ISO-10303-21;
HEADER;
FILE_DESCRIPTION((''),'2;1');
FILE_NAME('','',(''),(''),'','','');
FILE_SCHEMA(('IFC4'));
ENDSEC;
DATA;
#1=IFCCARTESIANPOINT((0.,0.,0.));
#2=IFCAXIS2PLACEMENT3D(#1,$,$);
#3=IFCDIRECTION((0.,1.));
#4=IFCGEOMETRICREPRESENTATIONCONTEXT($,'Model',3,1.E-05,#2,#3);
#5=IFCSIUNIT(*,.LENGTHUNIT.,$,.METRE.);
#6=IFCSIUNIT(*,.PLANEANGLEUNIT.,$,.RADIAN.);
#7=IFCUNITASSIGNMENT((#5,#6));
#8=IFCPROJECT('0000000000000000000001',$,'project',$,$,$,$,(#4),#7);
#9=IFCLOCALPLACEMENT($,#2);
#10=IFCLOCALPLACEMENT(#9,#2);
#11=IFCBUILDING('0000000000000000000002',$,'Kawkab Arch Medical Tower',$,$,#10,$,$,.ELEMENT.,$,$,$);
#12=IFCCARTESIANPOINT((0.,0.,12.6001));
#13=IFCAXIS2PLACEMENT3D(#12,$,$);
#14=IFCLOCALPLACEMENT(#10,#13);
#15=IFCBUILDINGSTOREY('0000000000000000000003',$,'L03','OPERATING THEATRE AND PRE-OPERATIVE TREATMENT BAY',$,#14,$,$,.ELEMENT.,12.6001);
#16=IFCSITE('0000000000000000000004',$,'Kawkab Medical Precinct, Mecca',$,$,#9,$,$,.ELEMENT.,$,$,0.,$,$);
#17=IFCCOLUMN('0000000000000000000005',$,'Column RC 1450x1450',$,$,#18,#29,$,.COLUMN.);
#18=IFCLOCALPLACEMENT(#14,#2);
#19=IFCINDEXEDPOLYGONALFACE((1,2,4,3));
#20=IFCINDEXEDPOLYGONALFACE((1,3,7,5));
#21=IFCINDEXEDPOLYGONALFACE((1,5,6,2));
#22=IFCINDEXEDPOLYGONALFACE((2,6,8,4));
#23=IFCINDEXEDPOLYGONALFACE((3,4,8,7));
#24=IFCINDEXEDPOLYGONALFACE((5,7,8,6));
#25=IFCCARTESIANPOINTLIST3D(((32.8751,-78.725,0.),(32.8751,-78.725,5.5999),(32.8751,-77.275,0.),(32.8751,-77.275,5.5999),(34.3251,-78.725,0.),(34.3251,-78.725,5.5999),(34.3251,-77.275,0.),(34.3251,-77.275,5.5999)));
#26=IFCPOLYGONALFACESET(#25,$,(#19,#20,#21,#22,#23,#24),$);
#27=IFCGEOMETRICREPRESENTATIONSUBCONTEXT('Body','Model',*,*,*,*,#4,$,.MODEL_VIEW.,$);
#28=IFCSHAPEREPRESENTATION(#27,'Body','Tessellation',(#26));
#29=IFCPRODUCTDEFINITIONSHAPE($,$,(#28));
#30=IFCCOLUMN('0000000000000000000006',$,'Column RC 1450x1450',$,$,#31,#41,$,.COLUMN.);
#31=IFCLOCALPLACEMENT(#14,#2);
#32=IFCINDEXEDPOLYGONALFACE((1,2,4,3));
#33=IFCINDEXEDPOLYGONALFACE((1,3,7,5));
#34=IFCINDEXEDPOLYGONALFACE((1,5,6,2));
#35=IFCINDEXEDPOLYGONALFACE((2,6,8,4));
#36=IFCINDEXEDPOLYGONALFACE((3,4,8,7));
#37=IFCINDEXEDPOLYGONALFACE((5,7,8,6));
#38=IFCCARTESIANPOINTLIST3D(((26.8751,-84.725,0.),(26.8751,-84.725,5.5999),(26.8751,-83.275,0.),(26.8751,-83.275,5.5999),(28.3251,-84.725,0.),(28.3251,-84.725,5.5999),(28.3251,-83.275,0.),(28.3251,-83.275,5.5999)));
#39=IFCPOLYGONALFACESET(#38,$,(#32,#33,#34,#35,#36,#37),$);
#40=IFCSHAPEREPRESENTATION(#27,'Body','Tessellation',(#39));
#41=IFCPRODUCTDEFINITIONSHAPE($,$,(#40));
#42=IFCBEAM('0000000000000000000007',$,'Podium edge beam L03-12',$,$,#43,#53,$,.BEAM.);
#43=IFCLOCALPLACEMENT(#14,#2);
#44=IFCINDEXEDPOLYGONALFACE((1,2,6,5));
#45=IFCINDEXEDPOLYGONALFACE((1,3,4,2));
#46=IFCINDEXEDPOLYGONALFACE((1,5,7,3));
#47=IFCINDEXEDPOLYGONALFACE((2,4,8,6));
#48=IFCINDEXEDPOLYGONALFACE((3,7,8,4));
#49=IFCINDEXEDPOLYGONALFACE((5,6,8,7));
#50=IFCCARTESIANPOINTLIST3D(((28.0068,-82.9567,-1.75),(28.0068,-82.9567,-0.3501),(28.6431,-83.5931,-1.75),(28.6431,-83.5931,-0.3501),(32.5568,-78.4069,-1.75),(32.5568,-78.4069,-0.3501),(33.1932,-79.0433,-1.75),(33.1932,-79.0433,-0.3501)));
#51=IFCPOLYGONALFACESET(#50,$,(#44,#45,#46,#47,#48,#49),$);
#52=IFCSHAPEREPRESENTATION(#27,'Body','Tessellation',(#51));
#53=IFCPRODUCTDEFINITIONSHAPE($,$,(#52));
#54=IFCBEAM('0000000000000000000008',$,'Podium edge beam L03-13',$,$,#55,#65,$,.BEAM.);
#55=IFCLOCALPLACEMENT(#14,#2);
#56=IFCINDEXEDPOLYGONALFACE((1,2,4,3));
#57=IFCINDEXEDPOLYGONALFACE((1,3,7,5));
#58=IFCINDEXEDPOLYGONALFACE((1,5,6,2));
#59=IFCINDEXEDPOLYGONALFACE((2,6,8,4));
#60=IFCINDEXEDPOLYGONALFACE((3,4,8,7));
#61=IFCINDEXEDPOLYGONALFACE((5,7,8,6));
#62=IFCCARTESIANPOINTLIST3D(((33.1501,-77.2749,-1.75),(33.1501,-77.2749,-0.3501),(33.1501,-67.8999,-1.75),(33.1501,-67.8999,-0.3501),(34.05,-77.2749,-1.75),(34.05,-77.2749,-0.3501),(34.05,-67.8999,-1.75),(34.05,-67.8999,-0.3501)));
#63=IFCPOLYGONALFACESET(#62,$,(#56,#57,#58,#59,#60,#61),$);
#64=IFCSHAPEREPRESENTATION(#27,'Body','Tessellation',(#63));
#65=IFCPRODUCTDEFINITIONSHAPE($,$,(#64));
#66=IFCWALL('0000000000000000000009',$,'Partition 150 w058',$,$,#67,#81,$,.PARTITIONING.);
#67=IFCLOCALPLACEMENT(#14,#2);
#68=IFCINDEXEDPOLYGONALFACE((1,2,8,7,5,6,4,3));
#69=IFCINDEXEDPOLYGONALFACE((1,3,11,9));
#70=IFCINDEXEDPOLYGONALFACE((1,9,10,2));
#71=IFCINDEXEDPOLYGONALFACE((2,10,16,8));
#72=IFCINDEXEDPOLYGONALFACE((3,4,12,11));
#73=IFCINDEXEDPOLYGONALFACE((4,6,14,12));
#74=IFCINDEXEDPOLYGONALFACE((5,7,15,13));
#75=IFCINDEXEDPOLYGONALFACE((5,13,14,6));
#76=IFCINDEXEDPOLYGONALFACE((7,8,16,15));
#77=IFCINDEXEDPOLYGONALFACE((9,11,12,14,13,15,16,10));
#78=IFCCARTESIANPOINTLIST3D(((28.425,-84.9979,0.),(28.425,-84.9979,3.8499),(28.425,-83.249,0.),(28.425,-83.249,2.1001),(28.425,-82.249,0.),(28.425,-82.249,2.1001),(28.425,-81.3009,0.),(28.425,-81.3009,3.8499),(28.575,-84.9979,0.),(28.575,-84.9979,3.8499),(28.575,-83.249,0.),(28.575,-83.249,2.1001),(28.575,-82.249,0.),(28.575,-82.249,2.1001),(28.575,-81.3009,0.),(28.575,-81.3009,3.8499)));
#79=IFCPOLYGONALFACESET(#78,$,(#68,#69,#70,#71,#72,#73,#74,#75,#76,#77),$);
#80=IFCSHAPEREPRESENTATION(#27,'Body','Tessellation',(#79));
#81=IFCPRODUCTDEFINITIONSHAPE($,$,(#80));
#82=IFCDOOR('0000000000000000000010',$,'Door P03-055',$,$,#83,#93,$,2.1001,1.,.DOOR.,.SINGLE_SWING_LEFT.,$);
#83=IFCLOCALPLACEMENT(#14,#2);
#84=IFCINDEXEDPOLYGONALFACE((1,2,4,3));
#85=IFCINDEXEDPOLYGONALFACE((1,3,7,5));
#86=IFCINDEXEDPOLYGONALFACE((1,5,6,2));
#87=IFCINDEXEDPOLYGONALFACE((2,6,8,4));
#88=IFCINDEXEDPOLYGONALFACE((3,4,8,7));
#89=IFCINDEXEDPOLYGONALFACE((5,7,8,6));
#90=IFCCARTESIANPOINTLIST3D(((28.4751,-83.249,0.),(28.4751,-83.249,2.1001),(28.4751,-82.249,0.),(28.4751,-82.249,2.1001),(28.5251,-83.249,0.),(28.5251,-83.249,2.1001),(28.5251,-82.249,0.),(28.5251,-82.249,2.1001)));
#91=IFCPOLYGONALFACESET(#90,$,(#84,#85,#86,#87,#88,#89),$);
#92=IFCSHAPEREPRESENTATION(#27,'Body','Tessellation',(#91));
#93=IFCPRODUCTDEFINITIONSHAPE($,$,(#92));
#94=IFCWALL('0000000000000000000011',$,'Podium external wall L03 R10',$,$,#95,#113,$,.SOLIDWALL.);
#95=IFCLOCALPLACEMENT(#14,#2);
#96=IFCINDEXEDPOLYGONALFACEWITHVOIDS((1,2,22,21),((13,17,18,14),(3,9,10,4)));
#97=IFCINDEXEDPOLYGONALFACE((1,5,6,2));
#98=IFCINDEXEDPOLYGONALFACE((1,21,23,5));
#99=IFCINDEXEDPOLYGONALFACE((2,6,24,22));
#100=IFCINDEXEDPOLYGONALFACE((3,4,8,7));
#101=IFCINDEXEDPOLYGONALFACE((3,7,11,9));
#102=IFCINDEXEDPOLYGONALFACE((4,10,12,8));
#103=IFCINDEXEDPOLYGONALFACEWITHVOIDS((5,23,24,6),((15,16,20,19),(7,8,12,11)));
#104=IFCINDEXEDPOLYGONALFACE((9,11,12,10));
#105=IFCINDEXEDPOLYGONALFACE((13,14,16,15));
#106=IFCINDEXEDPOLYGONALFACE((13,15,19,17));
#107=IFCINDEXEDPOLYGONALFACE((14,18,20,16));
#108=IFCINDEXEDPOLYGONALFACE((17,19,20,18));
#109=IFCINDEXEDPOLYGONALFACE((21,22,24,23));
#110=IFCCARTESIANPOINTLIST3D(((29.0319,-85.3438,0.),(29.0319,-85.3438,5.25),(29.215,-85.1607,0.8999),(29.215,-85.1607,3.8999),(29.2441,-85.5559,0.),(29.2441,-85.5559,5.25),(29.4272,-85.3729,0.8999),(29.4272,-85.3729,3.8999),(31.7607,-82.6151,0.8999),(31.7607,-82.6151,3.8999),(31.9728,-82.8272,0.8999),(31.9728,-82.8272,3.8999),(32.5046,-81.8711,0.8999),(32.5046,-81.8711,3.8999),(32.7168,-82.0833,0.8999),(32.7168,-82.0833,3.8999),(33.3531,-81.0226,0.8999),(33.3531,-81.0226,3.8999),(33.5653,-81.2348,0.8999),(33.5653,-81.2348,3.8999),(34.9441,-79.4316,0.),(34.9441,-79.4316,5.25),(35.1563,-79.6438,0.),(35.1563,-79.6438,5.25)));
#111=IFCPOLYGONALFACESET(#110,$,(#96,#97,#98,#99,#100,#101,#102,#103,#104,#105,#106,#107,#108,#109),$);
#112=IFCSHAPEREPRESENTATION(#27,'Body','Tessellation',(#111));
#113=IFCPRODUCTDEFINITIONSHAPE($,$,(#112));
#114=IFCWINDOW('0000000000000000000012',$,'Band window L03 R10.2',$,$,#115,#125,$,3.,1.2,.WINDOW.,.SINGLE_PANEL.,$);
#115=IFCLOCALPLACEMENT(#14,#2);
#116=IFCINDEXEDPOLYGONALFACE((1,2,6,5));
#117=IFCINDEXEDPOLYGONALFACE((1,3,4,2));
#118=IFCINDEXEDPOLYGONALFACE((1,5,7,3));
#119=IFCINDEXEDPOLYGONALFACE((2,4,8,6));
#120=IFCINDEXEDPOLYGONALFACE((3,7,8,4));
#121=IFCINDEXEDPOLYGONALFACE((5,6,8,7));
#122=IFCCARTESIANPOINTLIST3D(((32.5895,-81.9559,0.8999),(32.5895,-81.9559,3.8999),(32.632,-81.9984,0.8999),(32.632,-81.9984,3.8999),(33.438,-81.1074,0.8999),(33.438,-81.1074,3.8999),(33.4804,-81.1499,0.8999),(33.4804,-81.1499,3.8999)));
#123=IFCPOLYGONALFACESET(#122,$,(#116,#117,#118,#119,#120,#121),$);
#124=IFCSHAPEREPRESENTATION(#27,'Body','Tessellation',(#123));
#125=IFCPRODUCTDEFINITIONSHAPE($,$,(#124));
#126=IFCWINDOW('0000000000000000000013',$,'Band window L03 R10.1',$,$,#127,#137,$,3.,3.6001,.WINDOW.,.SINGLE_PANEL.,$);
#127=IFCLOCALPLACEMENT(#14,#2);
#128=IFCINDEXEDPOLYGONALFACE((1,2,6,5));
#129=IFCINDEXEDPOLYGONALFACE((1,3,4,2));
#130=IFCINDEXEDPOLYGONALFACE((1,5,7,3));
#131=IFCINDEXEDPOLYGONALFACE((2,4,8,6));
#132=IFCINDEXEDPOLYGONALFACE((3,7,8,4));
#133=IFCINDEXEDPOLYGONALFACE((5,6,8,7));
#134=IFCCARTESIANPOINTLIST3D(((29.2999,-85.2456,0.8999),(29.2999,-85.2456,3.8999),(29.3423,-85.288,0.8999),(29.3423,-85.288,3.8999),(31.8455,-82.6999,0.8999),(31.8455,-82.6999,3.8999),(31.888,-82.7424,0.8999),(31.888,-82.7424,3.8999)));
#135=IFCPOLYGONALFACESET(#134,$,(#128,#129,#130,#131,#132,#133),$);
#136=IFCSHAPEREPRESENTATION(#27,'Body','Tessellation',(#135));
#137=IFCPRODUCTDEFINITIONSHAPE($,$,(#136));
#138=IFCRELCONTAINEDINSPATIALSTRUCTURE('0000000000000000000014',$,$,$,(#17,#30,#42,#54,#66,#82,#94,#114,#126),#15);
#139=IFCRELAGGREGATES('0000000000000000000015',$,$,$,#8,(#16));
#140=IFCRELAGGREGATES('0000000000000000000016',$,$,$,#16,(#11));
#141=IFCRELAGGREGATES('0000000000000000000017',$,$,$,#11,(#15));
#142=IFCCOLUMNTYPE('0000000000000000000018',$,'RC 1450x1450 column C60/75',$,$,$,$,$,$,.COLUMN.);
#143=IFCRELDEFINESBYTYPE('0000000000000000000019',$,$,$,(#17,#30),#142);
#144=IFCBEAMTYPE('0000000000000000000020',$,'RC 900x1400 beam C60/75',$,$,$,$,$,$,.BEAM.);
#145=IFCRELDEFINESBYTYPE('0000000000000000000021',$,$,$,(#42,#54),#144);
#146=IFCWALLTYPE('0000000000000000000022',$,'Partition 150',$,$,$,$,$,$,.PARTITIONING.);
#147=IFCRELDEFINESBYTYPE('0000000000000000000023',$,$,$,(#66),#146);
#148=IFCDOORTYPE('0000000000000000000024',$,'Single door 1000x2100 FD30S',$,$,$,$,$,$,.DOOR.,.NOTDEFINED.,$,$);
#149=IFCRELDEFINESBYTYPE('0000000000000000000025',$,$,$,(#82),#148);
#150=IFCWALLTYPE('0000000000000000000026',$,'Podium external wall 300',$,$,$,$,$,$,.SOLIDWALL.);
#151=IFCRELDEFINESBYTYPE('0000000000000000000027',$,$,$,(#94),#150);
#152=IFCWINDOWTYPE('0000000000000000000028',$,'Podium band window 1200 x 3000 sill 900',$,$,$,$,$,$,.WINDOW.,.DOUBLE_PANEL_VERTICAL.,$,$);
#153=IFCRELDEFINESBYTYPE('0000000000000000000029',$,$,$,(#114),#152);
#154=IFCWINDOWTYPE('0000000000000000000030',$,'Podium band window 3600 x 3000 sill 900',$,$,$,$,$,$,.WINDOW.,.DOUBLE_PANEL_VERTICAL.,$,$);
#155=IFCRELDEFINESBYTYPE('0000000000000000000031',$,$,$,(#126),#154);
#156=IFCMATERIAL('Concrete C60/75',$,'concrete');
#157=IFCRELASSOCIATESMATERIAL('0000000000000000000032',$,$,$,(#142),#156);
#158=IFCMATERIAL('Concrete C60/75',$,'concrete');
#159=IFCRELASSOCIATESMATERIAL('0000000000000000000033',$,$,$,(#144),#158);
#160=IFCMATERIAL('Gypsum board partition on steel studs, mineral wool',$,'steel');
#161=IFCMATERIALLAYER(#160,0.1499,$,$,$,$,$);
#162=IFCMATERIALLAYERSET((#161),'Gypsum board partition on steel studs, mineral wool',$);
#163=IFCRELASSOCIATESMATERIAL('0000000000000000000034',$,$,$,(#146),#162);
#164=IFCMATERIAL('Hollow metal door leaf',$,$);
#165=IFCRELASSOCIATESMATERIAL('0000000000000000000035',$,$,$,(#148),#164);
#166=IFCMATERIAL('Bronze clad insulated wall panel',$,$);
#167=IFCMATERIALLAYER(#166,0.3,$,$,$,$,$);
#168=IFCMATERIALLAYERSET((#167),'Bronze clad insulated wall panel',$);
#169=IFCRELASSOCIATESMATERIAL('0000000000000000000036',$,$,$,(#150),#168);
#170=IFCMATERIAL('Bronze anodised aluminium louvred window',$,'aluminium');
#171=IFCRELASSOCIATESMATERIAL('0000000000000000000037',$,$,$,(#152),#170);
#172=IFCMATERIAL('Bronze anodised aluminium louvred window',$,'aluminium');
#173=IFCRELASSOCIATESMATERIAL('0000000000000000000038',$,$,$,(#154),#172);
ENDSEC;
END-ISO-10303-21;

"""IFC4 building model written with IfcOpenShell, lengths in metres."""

from ifc_helpers import new_model, si_unit, direction, frame, frame_2d, origin, origin_2d, place, context, subcontext, project, spatial, rectangle, extrude, material, layer, layer_set, material_profile, profile_set, type_object, element, fill, save


model = new_model("IFC4")

# Units and contexts
model_context = context("Model", 3, precision=1e-05, world=origin(), true_north=direction((0.0, 1.0)))
body_context = subcontext(model_context, "Body", "Model", "MODEL_VIEW")
ifc_project = project(units=[si_unit("LENGTHUNIT", "METRE"), si_unit("PLANEANGLEUNIT", "RADIAN")], contexts=[model_context])

# Site, building, storey
site_placement = place(None, origin())
site = spatial("IfcSite", under=ifc_project, at=site_placement, Name="Kawkab Medical Precinct, Mecca", CompositionType="ELEMENT", RefElevation=0.0)
building_placement = place(site_placement, origin())
building = spatial("IfcBuilding", under=site, at=building_placement, Name="Kawkab Arch Medical Tower", CompositionType="ELEMENT")
storey_placement = place(building_placement, frame((0.0, 0.0, 12.6001)))
storey = spatial("IfcBuildingStorey", under=building, at=storey_placement, Name="L03", Description="OPERATING THEATRE AND PRE-OPERATIVE TREATMENT BAY", CompositionType="ELEMENT", Elevation=12.6001)

# Columns
ifc_material_1 = material(Name="Concrete C60/75", Category="concrete")
ifc_material_profile_1 = material_profile(ifc_material_1, rectangle(XDim=1.45, YDim=1.45, at=origin_2d()), Name="RC 1450x1450")
ifc_profile_set_1 = profile_set([ifc_material_profile_1], Name="Concrete C60/75")
column_type = type_object("IfcColumnType", Name="RC 1450x1450 column C60/75", PredefinedType="COLUMN", material=ifc_profile_set_1)
for number, where, z_axis, x_axis, name in (
    (1, (33.6001, -78.0, 0.0), (0.0, 0.0, 1.0), (1.0, 0.0, 0.0), "Column RC 1450x1450"),
    (2, (27.6001, -84.0, 0.0), (0.0, 0.0, 1.0), (1.0, 0.0, 0.0), "Column RC 1450x1450"),
):
    element("IfcColumn", number, at=place(storey_placement, frame(where, z_axis=z_axis, x_axis=x_axis)), inside=storey, type_object=column_type, Name=name, PredefinedType="COLUMN", context=body_context, shape_type="SweptSolid", body=[
        extrude(rectangle(XDim=1.45, YDim=1.45, at=origin_2d()), origin(), (0.0, 0.0, 1.0), 5.5999),
    ])

# Beams
ifc_material_2 = material(Name="Concrete C60/75", Category="concrete")
ifc_material_profile_2 = material_profile(ifc_material_2, rectangle(XDim=0.8999, YDim=1.3999, at=origin_2d()), Name="RC 900x1400")
ifc_profile_set_2 = profile_set([ifc_material_profile_2], Name="Concrete C60/75")
beam_type = type_object("IfcBeamType", Name="RC 900x1400 beam C60/75", PredefinedType="BEAM", material=ifc_profile_set_2)
beam_1_placement = place(storey_placement, frame((28.325, -83.2749, -1.05), z_axis=(0.707126, 0.707088, 0.0), x_axis=(-0.707088, 0.707126, 0.0)))
element("IfcBeam", 3, at=beam_1_placement, inside=storey, type_object=beam_type, Name="Podium edge beam L03-12", PredefinedType="BEAM", context=body_context, shape_type="SweptSolid", body=[
    extrude(rectangle(XDim=0.8999, YDim=1.3999, at=origin_2d()), origin(), (0.0, 0.0, 1.0), 6.4346),
])
beam_2_placement = place(storey_placement, frame((33.6001, -77.2749, -1.05), z_axis=(0.0, 1.0, 0.0), x_axis=(-1.0, 0.0, 0.0)))
element("IfcBeam", 4, at=beam_2_placement, inside=storey, type_object=beam_type, Name="Podium edge beam L03-13", PredefinedType="BEAM", context=body_context, shape_type="SweptSolid", body=[
    extrude(rectangle(XDim=0.8999, YDim=1.3999, at=origin_2d()), origin(), (0.0, 0.0, 1.0), 9.375),
])

# Wall, opening, door
ifc_material_3 = material(Name="Gypsum board partition on steel studs, mineral wool", Category="steel")
ifc_layer_1 = layer(ifc_material_3, 0.1499)
ifc_layer_set_1 = layer_set([ifc_layer_1], Name="Gypsum board partition on steel studs, mineral wool")
wall_type_1 = type_object("IfcWallType", Name="Partition 150", PredefinedType="PARTITIONING", material=ifc_layer_set_1)
wall_1_placement = place(storey_placement, frame((28.5, -84.998, 0.0), z_axis=(0.0, 0.0, 1.0), x_axis=(0.0, 1.0, 0.0)))
wall_1 = element("IfcWall", 5, at=wall_1_placement, inside=storey, type_object=wall_type_1, Name="Partition 150 w058", PredefinedType="PARTITIONING", context=body_context, shape_type="SweptSolid", body=[
    extrude(rectangle(XDim=3.697, YDim=0.1499, at=frame_2d((1.8486, 0.0))), origin(), (0.0, 0.0, 1.0), 3.8499),
])
opening_1_placement = place(wall_1_placement, frame((1.749, 0.0, 0.0)))
opening_1 = element("IfcOpeningElement", 6, at=opening_1_placement, cuts=wall_1, PredefinedType="OPENING", context=body_context, shape_type="SweptSolid", body=[
    extrude(rectangle(XDim=1.0, YDim=2.1001, at=frame_2d((0.5, 1.05))), frame((0.0, 0.085, 0.0), z_axis=(0.0, -1.0, 0.0), x_axis=(1.0, 0.0, 0.0)), (0.0, 0.0, 1.0), 0.1699),
])
ifc_material_4 = material(Name="Hollow metal door leaf")
door_type = type_object("IfcDoorType", Name="Single door 1000x2100 FD30S", OperationType="NOTDEFINED", PredefinedType="DOOR", material=ifc_material_4)
door_placement = place(opening_1_placement, origin())
door = element("IfcDoor", 7, at=door_placement, inside=storey, type_object=door_type, Name="Door P03-055", OperationType="SINGLE_SWING_LEFT", OverallHeight=2.1001, OverallWidth=1.0, PredefinedType="DOOR", context=body_context, shape_type="SweptSolid", body=[
    extrude(rectangle(XDim=1.0, YDim=2.1001, at=frame_2d((0.5, 1.05))), frame((0.0, 0.0249, 0.0), z_axis=(0.0, -1.0, 0.0), x_axis=(1.0, 0.0, 0.0)), (0.0, 0.0, 1.0), 0.05),
])
fill(opening_1, door)

# Wall, openings, windows
ifc_material_5 = material(Name="Bronze clad insulated wall panel")
ifc_layer_2 = layer(ifc_material_5, 0.3)
ifc_layer_set_2 = layer_set([ifc_layer_2], Name="Bronze clad insulated wall panel")
wall_type_2 = type_object("IfcWallType", Name="Podium external wall 300", PredefinedType="SOLIDWALL", material=ifc_layer_set_2)
wall_2_placement = place(storey_placement, frame((29.1379, -85.45, 0.0), z_axis=(0.0, 0.0, 1.0), x_axis=(0.707107, 0.707107, 0.0)))
wall_2 = element("IfcWall", 8, at=wall_2_placement, inside=storey, type_object=wall_type_2, Name="Podium external wall L03 R10", PredefinedType="SOLIDWALL", context=body_context, shape_type="SweptSolid", body=[
    extrude(rectangle(XDim=8.3611, YDim=0.3, at=frame_2d((4.1807, 0.0))), origin(), (0.0, 0.0, 1.0), 5.25),
])
opening_2_placement = place(wall_2_placement, frame((0.259, 0.0, 0.8999)))
opening_2 = element("IfcOpeningElement", 9, at=opening_2_placement, cuts=wall_2, PredefinedType="OPENING", context=body_context, shape_type="SweptSolid", body=[
    extrude(rectangle(XDim=3.6001, YDim=3.0, at=frame_2d((1.8, 1.5))), frame((0.0, 0.1599, 0.0), z_axis=(0.0, -1.0, 0.0), x_axis=(1.0, 0.0, 0.0)), (0.0, 0.0, 1.0), 0.3201),
])
opening_3_placement = place(wall_2_placement, frame((4.9111, 0.0, 0.8999)))
opening_3 = element("IfcOpeningElement", 10, at=opening_3_placement, cuts=wall_2, PredefinedType="OPENING", context=body_context, shape_type="SweptSolid", body=[
    extrude(rectangle(XDim=1.2, YDim=3.0, at=frame_2d((0.6001, 1.5))), frame((0.0, 0.1599, 0.0), z_axis=(0.0, -1.0, 0.0), x_axis=(1.0, 0.0, 0.0)), (0.0, 0.0, 1.0), 0.3201),
])
ifc_material_6 = material(Name="Bronze anodised aluminium louvred window", Category="aluminium")
window_type_1 = type_object("IfcWindowType", Name="Podium band window 1200 x 3000 sill 900", PartitioningType="DOUBLE_PANEL_VERTICAL", PredefinedType="WINDOW", material=ifc_material_6)
window_1_placement = place(opening_3_placement, origin())
window_1 = element("IfcWindow", 11, at=window_1_placement, inside=storey, type_object=window_type_1, Name="Band window L03 R10.2", OverallHeight=3.0, OverallWidth=1.2, PartitioningType="SINGLE_PANEL", PredefinedType="WINDOW", context=body_context, shape_type="SweptSolid", body=[
    extrude(rectangle(XDim=1.2, YDim=3.0, at=frame_2d((0.6001, 1.5))), frame((0.0, 0.03, 0.0), z_axis=(0.0, -1.0, 0.0), x_axis=(1.0, 0.0, 0.0)), (0.0, 0.0, 1.0), 0.0601),
])
fill(opening_3, window_1)
ifc_material_7 = material(Name="Bronze anodised aluminium louvred window", Category="aluminium")
window_type_2 = type_object("IfcWindowType", Name="Podium band window 3600 x 3000 sill 900", PartitioningType="DOUBLE_PANEL_VERTICAL", PredefinedType="WINDOW", material=ifc_material_7)
window_2_placement = place(opening_2_placement, origin())
window_2 = element("IfcWindow", 12, at=window_2_placement, inside=storey, type_object=window_type_2, Name="Band window L03 R10.1", OverallHeight=3.0, OverallWidth=3.6001, PartitioningType="SINGLE_PANEL", PredefinedType="WINDOW", context=body_context, shape_type="SweptSolid", body=[
    extrude(rectangle(XDim=3.6001, YDim=3.0, at=frame_2d((1.8, 1.5))), frame((0.0, 0.03, 0.0), z_axis=(0.0, -1.0, 0.0), x_axis=(1.0, 0.0, 0.0)), (0.0, 0.0, 1.0), 0.0601),
])
fill(opening_2, window_2)

save(model, "model.ifc")
